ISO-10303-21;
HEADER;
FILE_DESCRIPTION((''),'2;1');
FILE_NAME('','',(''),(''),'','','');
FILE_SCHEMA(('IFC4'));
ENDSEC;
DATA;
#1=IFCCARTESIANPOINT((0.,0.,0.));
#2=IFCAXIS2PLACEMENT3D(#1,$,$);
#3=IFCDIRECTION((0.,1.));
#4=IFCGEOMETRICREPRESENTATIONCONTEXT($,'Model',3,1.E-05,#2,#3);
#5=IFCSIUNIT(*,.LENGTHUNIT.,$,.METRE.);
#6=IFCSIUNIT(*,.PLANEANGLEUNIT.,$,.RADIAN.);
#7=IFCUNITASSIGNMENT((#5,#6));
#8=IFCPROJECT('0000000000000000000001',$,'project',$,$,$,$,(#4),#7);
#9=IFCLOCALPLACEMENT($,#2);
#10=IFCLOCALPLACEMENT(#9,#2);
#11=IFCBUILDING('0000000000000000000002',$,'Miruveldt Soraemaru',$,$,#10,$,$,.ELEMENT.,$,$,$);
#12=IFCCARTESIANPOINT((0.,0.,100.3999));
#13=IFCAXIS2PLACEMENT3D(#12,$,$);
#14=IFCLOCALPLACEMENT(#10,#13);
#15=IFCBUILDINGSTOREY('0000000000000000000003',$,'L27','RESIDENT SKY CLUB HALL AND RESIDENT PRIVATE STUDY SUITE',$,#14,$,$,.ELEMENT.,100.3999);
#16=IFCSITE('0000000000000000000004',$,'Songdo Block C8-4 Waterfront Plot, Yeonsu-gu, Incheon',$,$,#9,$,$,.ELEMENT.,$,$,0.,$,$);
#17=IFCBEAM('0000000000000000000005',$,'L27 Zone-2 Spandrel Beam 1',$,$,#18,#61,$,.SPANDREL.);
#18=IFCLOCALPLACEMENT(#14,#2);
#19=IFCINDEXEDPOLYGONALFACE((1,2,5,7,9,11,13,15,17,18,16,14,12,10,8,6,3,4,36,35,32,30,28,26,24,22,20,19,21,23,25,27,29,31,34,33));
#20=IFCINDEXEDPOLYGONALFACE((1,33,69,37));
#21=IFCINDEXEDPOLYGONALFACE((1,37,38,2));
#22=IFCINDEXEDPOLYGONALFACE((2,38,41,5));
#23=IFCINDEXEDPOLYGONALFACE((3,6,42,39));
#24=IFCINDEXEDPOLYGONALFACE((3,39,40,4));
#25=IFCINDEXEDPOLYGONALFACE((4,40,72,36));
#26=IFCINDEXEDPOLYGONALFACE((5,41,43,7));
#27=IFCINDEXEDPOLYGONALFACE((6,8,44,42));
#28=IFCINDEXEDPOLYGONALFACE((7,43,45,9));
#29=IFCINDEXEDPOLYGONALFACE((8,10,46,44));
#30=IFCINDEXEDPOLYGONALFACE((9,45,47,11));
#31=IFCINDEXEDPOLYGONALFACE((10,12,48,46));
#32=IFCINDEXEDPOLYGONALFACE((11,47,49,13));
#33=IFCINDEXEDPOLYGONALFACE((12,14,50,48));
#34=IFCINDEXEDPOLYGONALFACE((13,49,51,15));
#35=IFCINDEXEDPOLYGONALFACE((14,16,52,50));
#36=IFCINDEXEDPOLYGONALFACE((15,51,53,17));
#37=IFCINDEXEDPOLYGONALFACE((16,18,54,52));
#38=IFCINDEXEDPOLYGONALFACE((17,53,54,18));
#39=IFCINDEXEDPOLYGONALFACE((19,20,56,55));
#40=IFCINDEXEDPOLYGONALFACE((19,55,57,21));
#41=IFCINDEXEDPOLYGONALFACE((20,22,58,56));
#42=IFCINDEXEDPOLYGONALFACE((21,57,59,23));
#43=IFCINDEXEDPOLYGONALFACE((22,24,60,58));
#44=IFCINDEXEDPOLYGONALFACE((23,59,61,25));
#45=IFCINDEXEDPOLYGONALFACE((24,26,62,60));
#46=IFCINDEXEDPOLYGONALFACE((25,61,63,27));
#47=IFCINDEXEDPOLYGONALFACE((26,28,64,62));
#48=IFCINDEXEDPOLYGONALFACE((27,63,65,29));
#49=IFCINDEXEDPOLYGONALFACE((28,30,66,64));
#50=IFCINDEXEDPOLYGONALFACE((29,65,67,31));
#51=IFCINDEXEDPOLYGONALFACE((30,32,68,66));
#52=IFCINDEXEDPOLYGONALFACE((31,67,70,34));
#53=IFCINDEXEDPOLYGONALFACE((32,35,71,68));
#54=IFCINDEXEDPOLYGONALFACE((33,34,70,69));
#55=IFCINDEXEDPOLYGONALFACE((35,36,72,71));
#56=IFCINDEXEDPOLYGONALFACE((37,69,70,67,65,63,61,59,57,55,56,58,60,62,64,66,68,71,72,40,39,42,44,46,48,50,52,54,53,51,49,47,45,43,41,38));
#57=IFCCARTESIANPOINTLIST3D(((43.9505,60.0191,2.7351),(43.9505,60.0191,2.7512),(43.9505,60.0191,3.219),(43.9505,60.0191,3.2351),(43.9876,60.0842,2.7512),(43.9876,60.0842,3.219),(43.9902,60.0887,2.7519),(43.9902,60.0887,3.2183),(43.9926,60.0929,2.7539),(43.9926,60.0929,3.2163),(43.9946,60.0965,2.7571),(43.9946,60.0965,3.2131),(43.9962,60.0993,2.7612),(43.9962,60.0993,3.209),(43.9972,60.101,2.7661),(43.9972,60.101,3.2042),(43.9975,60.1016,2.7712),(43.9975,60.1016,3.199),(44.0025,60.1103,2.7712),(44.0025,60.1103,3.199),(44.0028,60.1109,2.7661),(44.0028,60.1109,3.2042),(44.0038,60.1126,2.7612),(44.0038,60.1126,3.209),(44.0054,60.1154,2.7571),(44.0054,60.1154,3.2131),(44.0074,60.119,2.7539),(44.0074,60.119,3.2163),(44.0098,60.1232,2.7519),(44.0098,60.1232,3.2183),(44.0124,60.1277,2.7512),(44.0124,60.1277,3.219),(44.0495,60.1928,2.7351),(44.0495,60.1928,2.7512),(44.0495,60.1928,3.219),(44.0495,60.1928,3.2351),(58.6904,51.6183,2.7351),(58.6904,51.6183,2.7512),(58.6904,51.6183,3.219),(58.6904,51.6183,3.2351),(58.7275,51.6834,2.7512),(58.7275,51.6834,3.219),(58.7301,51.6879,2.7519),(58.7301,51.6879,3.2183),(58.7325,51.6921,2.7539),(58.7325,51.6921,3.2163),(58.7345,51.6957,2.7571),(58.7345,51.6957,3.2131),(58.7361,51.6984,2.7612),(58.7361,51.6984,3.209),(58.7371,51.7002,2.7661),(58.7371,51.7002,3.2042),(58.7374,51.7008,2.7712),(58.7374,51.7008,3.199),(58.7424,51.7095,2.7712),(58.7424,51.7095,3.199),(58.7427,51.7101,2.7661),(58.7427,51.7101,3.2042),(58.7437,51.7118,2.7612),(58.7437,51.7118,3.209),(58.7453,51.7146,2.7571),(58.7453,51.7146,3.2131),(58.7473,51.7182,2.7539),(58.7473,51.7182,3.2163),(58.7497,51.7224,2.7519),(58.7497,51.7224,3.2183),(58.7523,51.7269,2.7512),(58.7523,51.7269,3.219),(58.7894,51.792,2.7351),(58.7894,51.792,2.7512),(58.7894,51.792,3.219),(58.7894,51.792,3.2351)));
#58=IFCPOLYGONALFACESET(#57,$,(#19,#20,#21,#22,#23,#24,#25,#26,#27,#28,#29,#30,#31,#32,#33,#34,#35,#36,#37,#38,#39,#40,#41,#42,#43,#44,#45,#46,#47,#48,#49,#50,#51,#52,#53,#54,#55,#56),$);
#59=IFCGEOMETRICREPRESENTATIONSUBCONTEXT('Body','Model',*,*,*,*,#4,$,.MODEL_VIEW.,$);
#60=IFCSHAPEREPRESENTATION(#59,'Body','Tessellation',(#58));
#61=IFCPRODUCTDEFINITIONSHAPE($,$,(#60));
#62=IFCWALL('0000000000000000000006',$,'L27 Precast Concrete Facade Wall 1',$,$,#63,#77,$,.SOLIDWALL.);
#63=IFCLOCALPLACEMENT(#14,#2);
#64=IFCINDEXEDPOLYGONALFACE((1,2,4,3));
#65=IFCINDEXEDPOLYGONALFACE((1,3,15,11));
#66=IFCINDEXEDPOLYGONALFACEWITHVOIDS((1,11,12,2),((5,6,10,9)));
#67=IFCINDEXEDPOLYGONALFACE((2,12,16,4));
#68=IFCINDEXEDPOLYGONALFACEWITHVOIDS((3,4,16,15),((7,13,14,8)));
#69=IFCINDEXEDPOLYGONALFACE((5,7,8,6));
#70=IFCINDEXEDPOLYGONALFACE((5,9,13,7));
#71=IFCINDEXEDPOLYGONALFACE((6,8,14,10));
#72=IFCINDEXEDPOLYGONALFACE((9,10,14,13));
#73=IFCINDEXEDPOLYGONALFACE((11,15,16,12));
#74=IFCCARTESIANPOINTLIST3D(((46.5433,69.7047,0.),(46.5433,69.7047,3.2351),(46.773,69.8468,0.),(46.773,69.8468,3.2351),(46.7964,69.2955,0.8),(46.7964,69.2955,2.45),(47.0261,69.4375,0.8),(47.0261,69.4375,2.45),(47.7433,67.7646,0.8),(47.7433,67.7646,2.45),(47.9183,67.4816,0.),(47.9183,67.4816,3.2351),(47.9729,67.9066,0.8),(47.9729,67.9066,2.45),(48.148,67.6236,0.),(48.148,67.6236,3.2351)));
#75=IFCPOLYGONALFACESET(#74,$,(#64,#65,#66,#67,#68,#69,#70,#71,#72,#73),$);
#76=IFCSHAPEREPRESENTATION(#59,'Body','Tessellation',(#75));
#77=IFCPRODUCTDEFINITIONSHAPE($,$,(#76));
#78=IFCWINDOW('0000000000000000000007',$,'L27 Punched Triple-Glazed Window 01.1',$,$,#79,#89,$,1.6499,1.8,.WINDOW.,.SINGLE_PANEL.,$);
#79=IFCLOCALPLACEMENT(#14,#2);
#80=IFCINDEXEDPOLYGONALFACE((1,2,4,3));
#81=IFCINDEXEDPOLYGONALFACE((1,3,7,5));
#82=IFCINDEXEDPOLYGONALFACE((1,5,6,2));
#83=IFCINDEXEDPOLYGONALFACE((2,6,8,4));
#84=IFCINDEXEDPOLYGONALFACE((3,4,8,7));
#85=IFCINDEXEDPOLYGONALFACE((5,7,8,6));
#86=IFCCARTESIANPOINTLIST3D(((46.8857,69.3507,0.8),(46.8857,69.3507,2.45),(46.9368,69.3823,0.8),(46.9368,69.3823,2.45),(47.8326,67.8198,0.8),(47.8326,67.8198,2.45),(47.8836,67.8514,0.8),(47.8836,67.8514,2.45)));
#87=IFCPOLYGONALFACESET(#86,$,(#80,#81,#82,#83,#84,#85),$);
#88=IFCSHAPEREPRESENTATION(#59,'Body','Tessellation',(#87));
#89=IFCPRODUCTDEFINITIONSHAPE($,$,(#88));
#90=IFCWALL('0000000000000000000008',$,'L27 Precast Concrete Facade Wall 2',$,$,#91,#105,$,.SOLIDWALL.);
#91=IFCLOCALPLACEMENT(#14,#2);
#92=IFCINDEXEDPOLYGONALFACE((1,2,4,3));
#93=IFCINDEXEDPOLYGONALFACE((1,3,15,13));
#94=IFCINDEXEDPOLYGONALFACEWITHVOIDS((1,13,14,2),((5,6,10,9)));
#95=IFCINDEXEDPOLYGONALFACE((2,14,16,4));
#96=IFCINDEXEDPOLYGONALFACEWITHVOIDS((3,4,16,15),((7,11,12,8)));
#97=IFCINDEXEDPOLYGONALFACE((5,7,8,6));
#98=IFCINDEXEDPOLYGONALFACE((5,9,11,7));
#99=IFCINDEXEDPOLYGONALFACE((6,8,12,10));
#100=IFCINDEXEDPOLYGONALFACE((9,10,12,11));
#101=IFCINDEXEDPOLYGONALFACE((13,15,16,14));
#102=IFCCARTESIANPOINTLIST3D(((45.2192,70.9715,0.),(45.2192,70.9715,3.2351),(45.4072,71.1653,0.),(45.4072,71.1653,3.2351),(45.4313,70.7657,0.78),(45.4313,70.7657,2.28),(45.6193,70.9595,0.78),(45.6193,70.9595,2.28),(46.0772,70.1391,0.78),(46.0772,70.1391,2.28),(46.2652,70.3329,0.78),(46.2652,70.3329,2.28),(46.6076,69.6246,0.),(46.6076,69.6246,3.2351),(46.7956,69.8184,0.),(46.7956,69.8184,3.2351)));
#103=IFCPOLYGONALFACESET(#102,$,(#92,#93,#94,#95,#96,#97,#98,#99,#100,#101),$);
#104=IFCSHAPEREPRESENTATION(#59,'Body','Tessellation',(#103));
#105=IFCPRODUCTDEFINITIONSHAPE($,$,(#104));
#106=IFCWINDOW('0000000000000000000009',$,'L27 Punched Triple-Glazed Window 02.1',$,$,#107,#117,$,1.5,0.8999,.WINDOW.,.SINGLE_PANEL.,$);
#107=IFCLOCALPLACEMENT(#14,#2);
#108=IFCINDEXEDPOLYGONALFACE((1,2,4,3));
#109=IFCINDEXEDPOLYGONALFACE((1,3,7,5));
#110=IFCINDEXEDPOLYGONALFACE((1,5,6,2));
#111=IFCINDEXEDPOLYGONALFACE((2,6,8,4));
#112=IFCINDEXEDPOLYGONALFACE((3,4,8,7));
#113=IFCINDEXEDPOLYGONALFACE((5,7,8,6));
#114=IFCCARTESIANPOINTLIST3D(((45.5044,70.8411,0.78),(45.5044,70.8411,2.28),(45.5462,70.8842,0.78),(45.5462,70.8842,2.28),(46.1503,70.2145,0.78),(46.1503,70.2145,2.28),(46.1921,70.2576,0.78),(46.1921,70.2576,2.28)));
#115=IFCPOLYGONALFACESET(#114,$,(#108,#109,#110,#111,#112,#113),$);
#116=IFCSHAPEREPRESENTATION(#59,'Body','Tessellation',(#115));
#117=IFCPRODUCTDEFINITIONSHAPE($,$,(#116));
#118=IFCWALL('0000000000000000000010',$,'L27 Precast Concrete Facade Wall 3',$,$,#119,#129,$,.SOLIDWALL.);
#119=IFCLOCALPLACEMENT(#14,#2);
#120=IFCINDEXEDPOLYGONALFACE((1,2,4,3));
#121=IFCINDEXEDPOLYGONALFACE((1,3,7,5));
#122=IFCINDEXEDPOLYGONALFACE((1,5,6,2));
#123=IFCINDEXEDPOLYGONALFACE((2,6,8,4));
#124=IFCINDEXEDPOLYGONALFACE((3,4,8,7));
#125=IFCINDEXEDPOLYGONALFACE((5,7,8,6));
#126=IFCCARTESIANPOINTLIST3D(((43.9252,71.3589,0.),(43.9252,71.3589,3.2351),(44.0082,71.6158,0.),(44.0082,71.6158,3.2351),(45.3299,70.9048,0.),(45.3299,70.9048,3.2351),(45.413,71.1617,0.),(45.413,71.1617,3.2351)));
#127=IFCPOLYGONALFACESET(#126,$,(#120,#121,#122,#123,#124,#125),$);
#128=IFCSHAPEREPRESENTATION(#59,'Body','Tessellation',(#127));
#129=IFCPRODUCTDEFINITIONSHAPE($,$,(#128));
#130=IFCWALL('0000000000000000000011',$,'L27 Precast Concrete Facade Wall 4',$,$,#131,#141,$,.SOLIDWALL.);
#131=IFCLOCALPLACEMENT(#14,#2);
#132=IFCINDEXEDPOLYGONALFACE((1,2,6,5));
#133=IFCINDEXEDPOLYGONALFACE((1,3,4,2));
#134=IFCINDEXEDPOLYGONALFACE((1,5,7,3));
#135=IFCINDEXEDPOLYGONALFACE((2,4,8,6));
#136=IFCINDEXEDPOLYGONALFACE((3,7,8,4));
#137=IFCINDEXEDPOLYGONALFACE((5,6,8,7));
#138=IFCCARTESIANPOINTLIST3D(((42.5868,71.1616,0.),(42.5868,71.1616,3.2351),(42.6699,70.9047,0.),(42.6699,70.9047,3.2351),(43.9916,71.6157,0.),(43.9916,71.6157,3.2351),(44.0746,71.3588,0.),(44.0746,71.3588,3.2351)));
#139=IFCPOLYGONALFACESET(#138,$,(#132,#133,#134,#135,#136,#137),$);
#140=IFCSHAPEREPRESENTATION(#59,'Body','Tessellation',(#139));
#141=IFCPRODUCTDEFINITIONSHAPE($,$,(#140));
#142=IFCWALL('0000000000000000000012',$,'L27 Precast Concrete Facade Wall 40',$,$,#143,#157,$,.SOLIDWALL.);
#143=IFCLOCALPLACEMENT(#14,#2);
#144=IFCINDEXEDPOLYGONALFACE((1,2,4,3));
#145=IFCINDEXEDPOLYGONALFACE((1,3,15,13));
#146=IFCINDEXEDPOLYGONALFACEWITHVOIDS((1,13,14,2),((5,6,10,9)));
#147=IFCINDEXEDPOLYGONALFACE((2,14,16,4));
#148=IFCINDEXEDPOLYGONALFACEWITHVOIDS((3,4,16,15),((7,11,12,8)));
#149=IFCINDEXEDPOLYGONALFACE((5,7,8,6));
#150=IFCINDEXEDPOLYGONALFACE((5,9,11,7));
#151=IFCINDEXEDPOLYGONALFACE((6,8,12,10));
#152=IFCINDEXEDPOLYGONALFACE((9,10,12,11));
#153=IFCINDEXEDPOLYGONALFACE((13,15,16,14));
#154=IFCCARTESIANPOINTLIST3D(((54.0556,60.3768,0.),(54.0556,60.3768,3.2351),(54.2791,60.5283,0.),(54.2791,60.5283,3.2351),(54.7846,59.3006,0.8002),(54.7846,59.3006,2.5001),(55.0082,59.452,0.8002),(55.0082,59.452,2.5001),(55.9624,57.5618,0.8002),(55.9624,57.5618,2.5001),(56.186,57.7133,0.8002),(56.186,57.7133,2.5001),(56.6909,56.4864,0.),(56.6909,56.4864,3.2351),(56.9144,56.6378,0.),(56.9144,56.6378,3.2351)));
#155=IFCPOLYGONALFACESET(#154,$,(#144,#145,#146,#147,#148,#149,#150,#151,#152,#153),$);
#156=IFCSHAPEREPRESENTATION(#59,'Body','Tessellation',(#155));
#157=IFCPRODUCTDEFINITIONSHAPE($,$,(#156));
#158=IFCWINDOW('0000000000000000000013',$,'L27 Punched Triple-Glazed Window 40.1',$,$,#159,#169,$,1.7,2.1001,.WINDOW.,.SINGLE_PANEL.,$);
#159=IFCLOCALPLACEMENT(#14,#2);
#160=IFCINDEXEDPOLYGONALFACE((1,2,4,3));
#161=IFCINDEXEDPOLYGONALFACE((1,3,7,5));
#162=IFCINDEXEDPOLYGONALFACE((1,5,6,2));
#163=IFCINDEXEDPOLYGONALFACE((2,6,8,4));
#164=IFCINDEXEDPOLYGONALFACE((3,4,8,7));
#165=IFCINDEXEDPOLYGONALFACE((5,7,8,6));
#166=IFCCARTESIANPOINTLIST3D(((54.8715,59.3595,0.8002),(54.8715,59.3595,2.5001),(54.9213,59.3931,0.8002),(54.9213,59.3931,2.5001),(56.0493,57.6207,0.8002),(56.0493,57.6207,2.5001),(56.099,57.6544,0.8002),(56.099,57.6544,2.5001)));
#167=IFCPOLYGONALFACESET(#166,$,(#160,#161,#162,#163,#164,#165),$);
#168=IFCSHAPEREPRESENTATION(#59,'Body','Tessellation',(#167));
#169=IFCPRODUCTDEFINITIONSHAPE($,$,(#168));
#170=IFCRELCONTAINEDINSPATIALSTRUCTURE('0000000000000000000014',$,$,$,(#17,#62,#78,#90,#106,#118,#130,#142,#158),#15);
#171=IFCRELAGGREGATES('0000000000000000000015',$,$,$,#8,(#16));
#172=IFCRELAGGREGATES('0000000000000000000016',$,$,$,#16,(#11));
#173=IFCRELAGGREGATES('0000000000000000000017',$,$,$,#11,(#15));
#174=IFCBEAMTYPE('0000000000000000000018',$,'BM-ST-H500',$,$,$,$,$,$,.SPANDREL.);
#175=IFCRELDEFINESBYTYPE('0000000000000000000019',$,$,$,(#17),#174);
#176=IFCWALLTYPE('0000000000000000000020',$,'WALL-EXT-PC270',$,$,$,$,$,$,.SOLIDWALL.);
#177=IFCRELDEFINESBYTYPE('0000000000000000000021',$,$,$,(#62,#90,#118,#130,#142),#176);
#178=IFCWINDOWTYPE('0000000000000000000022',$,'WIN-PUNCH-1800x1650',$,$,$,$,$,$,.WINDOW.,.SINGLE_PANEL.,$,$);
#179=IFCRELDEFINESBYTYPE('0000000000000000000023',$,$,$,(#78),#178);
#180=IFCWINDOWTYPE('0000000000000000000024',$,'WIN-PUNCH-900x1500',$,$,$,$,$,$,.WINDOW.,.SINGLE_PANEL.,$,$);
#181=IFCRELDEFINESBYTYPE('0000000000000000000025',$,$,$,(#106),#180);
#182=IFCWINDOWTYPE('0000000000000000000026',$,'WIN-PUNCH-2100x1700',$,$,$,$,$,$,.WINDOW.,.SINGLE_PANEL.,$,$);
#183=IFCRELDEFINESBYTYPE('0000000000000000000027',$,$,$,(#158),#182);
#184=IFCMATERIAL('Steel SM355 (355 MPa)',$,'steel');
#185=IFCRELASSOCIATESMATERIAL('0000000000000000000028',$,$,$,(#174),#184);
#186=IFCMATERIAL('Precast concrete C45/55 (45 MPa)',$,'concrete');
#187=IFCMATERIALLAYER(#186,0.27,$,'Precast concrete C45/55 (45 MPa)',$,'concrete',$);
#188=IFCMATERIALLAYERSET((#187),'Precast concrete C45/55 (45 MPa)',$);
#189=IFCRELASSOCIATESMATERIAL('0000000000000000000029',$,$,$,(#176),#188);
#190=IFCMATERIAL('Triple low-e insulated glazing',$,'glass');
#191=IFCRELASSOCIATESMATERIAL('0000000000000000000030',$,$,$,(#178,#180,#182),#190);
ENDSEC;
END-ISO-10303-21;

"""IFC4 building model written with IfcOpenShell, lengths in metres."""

from ifc_helpers import new_model, si_unit, direction, frame, frame_2d, origin, origin_2d, place, context, subcontext, project, spatial, rectangle, i_section, extrude, material, layer, layer_set, material_profile, profile_set, type_object, element, fill, save


model = new_model("IFC4")

# Units and contexts
model_context = context("Model", 3, precision=1e-05, world=origin(), true_north=direction((0.0, 1.0)))
body_context = subcontext(model_context, "Body", "Model", "MODEL_VIEW")
ifc_project = project(units=[si_unit("LENGTHUNIT", "METRE"), si_unit("PLANEANGLEUNIT", "RADIAN")], contexts=[model_context])

# Site, building, storey
site_placement = place(None, origin())
site = spatial("IfcSite", under=ifc_project, at=site_placement, Name="Songdo Block C8-4 Waterfront Plot, Yeonsu-gu, Incheon", CompositionType="ELEMENT", RefElevation=0.0)
building_placement = place(site_placement, origin())
building = spatial("IfcBuilding", under=site, at=building_placement, Name="Miruveldt Soraemaru", CompositionType="ELEMENT")
storey_placement = place(building_placement, frame((0.0, 0.0, 100.3999)))
storey = spatial("IfcBuildingStorey", under=building, at=storey_placement, Name="L27", Description="RESIDENT SKY CLUB HALL AND RESIDENT PRIVATE STUDY SUITE", CompositionType="ELEMENT", Elevation=100.3999)

# Beam
ifc_material_1 = material(Name="Steel SM355 (355 MPa)", Category="steel")
ifc_material_profile = material_profile(ifc_material_1, i_section(OverallWidth=0.2, OverallDepth=0.5, WebThickness=0.01, FlangeThickness=0.0161, FilletRadius=0.02, at=origin_2d()), Name="Steel SM355 (355 MPa)", Category="steel")
ifc_profile_set = profile_set([ifc_material_profile], Name="Steel SM355 (355 MPa)")
beam_type = type_object("IfcBeamType", Name="BM-ST-H500", PredefinedType="SPANDREL", material=ifc_profile_set)
beam_placement = place(storey_placement, frame((44.0, 60.106, 2.9851), z_axis=(0.8688, -0.495162, 0.0), x_axis=(0.495162, 0.8688, 0.0)))
element("IfcBeam", 1, at=beam_placement, inside=storey, type_object=beam_type, Name="L27 Zone-2 Spandrel Beam 1", PredefinedType="SPANDREL", context=body_context, shape_type="SweptSolid", body=[
    extrude(i_section(OverallWidth=0.2, OverallDepth=0.5, WebThickness=0.01, FlangeThickness=0.0161, FilletRadius=0.02, at=origin_2d()), origin(), (0.0, 0.0, 1.0), 16.9658),
])

# Walls, openings, windows
ifc_material_2 = material(Name="Precast concrete C45/55 (45 MPa)", Category="concrete")
ifc_layer_1 = layer(ifc_material_2, 0.27, Name="Precast concrete C45/55 (45 MPa)", Category="concrete")
ifc_layer_set_1 = layer_set([ifc_layer_1], Name="Precast concrete C45/55 (45 MPa)")
wall_type_1 = type_object("IfcWallType", Name="WALL-EXT-PC270", PredefinedType="SOLIDWALL", material=ifc_layer_set_1)
wall_1_placement = place(storey_placement, frame((48.0332, 67.5525, 0.0), z_axis=(0.0, 0.0, 1.0), x_axis=(-0.526014, 0.850476, 0.0)))
wall_1 = element("IfcWall", 2, at=wall_1_placement, inside=storey, type_object=wall_type_1, Name="L27 Precast Concrete Facade Wall 1", PredefinedType="SOLIDWALL", context=body_context, shape_type="SweptSolid", body=[
    extrude(rectangle(XDim=2.614, YDim=0.27, at=frame_2d((1.3071, 0.0))), origin(), (0.0, 0.0, 1.0), 3.2351),
])
opening_1_placement = place(wall_1_placement, frame((0.333, 0.0, 0.8)))
opening_1 = element("IfcOpeningElement", 3, at=opening_1_placement, cuts=wall_1, PredefinedType="OPENING", context=body_context, shape_type="SweptSolid", body=[
    extrude(rectangle(XDim=1.8, YDim=1.6499, at=frame_2d((0.8999, 0.825))), frame((0.0, 0.145, 0.0), z_axis=(0.0, -1.0, 0.0), x_axis=(1.0, 0.0, 0.0)), (0.0, 0.0, 1.0), 0.29),
])
ifc_material_3 = material(Name="Triple low-e insulated glazing", Category="glass")
window_type_1 = type_object("IfcWindowType", Name="WIN-PUNCH-1800x1650", PartitioningType="SINGLE_PANEL", PredefinedType="WINDOW", material=ifc_material_3)
window_1_placement = place(opening_1_placement, origin())
window_1 = element("IfcWindow", 4, at=window_1_placement, inside=storey, type_object=window_type_1, Name="L27 Punched Triple-Glazed Window 01.1", OverallHeight=1.6499, OverallWidth=1.8, PartitioningType="SINGLE_PANEL", PredefinedType="WINDOW", context=body_context, shape_type="SweptSolid", body=[
    extrude(rectangle(XDim=1.8, YDim=1.6499, at=frame_2d((0.8999, 0.825))), frame((0.0, 0.03, 0.0), z_axis=(0.0, -1.0, 0.0), x_axis=(1.0, 0.0, 0.0)), (0.0, 0.0, 1.0), 0.0601),
])
fill(opening_1, window_1)
wall_2_placement = place(storey_placement, frame((46.7017, 69.7214, 0.0), z_axis=(0.0, 0.0, 1.0), x_axis=(-0.717753, 0.696298, 0.0)))
wall_2 = element("IfcWall", 5, at=wall_2_placement, inside=storey, type_object=wall_type_1, Name="L27 Precast Concrete Facade Wall 2", PredefinedType="SOLIDWALL", context=body_context, shape_type="SweptSolid", body=[
    extrude(rectangle(XDim=1.9343, YDim=0.27, at=frame_2d((0.9673, 0.0))), origin(), (0.0, 0.0, 1.0), 3.2351),
])
opening_2_placement = place(wall_2_placement, frame((0.739, 0.0, 0.78)))
opening_2 = element("IfcOpeningElement", 6, at=opening_2_placement, cuts=wall_2, PredefinedType="OPENING", context=body_context, shape_type="SweptSolid", body=[
    extrude(rectangle(XDim=0.8999, YDim=1.5, at=frame_2d((0.45, 0.75))), frame((0.0, 0.145, 0.0), z_axis=(0.0, -1.0, 0.0), x_axis=(1.0, 0.0, 0.0)), (0.0, 0.0, 1.0), 0.29),
])
window_type_2 = type_object("IfcWindowType", Name="WIN-PUNCH-900x1500", PartitioningType="SINGLE_PANEL", PredefinedType="WINDOW", material=ifc_material_3)
window_2_placement = place(opening_2_placement, origin())
window_2 = element("IfcWindow", 7, at=window_2_placement, inside=storey, type_object=window_type_2, Name="L27 Punched Triple-Glazed Window 02.1", OverallHeight=1.5, OverallWidth=0.8999, PartitioningType="SINGLE_PANEL", PredefinedType="WINDOW", context=body_context, shape_type="SweptSolid", body=[
    extrude(rectangle(XDim=0.8999, YDim=1.5, at=frame_2d((0.45, 0.75))), frame((0.0, 0.03, 0.0), z_axis=(0.0, -1.0, 0.0), x_axis=(1.0, 0.0, 0.0)), (0.0, 0.0, 1.0), 0.0601),
])
fill(opening_2, window_2)

# Walls
for number, where, z_axis, x_axis, name in (
    (8, (45.3716, 71.0332, 0.0), (0.0, 0.0, 1.0), (-0.951521, 0.307583, 0.0), "L27 Precast Concrete Facade Wall 3"),
    (9, (44.0332, 71.4873, 0.0), (0.0, 0.0, 1.0), (-0.951521, -0.307583, 0.0), "L27 Precast Concrete Facade Wall 4"),
):
    element("IfcWall", number, at=place(storey_placement, frame(where, z_axis=z_axis, x_axis=x_axis)), inside=storey, type_object=wall_type_1, Name=name, PredefinedType="SOLIDWALL", context=body_context, shape_type="SweptSolid", body=[
        extrude(rectangle(XDim=1.4763, YDim=0.27, at=frame_2d((0.7383, 0.0))), origin(), (0.0, 0.0, 1.0), 3.2351),
    ])

# Wall, opening, window
wall_3_placement = place(storey_placement, frame((56.8027, 56.562, 0.0), z_axis=(0.0, 0.0, 1.0), x_axis=(-0.560824, 0.827935, 0.0)))
wall_3 = element("IfcWall", 10, at=wall_3_placement, inside=storey, type_object=wall_type_1, Name="L27 Precast Concrete Facade Wall 40", PredefinedType="SOLIDWALL", context=body_context, shape_type="SweptSolid", body=[
    extrude(rectangle(XDim=4.699, YDim=0.27, at=frame_2d((2.3496, 0.0))), origin(), (0.0, 0.0, 1.0), 3.2351),
])
opening_3_placement = place(wall_3_placement, frame((1.2991, 0.0, 0.8)))
opening_3 = element("IfcOpeningElement", 11, at=opening_3_placement, cuts=wall_3, PredefinedType="OPENING", context=body_context, shape_type="SweptSolid", body=[
    extrude(rectangle(XDim=2.1001, YDim=1.7, at=frame_2d((1.05, 0.8501))), frame((0.0, 0.145, 0.0), z_axis=(0.0, -1.0, 0.0), x_axis=(1.0, 0.0, 0.0)), (0.0, 0.0, 1.0), 0.29),
])
window_type_3 = type_object("IfcWindowType", Name="WIN-PUNCH-2100x1700", PartitioningType="SINGLE_PANEL", PredefinedType="WINDOW", material=ifc_material_3)
window_3_placement = place(opening_3_placement, origin())
window_3 = element("IfcWindow", 12, at=window_3_placement, inside=storey, type_object=window_type_3, Name="L27 Punched Triple-Glazed Window 40.1", OverallHeight=1.7, OverallWidth=2.1001, PartitioningType="SINGLE_PANEL", PredefinedType="WINDOW", context=body_context, shape_type="SweptSolid", body=[
    extrude(rectangle(XDim=2.1001, YDim=1.7, at=frame_2d((1.05, 0.8501))), frame((0.0, 0.03, 0.0), z_axis=(0.0, -1.0, 0.0), x_axis=(1.0, 0.0, 0.0)), (0.0, 0.0, 1.0), 0.0601),
])
fill(opening_3, window_3)

save(model, "model.ifc")
